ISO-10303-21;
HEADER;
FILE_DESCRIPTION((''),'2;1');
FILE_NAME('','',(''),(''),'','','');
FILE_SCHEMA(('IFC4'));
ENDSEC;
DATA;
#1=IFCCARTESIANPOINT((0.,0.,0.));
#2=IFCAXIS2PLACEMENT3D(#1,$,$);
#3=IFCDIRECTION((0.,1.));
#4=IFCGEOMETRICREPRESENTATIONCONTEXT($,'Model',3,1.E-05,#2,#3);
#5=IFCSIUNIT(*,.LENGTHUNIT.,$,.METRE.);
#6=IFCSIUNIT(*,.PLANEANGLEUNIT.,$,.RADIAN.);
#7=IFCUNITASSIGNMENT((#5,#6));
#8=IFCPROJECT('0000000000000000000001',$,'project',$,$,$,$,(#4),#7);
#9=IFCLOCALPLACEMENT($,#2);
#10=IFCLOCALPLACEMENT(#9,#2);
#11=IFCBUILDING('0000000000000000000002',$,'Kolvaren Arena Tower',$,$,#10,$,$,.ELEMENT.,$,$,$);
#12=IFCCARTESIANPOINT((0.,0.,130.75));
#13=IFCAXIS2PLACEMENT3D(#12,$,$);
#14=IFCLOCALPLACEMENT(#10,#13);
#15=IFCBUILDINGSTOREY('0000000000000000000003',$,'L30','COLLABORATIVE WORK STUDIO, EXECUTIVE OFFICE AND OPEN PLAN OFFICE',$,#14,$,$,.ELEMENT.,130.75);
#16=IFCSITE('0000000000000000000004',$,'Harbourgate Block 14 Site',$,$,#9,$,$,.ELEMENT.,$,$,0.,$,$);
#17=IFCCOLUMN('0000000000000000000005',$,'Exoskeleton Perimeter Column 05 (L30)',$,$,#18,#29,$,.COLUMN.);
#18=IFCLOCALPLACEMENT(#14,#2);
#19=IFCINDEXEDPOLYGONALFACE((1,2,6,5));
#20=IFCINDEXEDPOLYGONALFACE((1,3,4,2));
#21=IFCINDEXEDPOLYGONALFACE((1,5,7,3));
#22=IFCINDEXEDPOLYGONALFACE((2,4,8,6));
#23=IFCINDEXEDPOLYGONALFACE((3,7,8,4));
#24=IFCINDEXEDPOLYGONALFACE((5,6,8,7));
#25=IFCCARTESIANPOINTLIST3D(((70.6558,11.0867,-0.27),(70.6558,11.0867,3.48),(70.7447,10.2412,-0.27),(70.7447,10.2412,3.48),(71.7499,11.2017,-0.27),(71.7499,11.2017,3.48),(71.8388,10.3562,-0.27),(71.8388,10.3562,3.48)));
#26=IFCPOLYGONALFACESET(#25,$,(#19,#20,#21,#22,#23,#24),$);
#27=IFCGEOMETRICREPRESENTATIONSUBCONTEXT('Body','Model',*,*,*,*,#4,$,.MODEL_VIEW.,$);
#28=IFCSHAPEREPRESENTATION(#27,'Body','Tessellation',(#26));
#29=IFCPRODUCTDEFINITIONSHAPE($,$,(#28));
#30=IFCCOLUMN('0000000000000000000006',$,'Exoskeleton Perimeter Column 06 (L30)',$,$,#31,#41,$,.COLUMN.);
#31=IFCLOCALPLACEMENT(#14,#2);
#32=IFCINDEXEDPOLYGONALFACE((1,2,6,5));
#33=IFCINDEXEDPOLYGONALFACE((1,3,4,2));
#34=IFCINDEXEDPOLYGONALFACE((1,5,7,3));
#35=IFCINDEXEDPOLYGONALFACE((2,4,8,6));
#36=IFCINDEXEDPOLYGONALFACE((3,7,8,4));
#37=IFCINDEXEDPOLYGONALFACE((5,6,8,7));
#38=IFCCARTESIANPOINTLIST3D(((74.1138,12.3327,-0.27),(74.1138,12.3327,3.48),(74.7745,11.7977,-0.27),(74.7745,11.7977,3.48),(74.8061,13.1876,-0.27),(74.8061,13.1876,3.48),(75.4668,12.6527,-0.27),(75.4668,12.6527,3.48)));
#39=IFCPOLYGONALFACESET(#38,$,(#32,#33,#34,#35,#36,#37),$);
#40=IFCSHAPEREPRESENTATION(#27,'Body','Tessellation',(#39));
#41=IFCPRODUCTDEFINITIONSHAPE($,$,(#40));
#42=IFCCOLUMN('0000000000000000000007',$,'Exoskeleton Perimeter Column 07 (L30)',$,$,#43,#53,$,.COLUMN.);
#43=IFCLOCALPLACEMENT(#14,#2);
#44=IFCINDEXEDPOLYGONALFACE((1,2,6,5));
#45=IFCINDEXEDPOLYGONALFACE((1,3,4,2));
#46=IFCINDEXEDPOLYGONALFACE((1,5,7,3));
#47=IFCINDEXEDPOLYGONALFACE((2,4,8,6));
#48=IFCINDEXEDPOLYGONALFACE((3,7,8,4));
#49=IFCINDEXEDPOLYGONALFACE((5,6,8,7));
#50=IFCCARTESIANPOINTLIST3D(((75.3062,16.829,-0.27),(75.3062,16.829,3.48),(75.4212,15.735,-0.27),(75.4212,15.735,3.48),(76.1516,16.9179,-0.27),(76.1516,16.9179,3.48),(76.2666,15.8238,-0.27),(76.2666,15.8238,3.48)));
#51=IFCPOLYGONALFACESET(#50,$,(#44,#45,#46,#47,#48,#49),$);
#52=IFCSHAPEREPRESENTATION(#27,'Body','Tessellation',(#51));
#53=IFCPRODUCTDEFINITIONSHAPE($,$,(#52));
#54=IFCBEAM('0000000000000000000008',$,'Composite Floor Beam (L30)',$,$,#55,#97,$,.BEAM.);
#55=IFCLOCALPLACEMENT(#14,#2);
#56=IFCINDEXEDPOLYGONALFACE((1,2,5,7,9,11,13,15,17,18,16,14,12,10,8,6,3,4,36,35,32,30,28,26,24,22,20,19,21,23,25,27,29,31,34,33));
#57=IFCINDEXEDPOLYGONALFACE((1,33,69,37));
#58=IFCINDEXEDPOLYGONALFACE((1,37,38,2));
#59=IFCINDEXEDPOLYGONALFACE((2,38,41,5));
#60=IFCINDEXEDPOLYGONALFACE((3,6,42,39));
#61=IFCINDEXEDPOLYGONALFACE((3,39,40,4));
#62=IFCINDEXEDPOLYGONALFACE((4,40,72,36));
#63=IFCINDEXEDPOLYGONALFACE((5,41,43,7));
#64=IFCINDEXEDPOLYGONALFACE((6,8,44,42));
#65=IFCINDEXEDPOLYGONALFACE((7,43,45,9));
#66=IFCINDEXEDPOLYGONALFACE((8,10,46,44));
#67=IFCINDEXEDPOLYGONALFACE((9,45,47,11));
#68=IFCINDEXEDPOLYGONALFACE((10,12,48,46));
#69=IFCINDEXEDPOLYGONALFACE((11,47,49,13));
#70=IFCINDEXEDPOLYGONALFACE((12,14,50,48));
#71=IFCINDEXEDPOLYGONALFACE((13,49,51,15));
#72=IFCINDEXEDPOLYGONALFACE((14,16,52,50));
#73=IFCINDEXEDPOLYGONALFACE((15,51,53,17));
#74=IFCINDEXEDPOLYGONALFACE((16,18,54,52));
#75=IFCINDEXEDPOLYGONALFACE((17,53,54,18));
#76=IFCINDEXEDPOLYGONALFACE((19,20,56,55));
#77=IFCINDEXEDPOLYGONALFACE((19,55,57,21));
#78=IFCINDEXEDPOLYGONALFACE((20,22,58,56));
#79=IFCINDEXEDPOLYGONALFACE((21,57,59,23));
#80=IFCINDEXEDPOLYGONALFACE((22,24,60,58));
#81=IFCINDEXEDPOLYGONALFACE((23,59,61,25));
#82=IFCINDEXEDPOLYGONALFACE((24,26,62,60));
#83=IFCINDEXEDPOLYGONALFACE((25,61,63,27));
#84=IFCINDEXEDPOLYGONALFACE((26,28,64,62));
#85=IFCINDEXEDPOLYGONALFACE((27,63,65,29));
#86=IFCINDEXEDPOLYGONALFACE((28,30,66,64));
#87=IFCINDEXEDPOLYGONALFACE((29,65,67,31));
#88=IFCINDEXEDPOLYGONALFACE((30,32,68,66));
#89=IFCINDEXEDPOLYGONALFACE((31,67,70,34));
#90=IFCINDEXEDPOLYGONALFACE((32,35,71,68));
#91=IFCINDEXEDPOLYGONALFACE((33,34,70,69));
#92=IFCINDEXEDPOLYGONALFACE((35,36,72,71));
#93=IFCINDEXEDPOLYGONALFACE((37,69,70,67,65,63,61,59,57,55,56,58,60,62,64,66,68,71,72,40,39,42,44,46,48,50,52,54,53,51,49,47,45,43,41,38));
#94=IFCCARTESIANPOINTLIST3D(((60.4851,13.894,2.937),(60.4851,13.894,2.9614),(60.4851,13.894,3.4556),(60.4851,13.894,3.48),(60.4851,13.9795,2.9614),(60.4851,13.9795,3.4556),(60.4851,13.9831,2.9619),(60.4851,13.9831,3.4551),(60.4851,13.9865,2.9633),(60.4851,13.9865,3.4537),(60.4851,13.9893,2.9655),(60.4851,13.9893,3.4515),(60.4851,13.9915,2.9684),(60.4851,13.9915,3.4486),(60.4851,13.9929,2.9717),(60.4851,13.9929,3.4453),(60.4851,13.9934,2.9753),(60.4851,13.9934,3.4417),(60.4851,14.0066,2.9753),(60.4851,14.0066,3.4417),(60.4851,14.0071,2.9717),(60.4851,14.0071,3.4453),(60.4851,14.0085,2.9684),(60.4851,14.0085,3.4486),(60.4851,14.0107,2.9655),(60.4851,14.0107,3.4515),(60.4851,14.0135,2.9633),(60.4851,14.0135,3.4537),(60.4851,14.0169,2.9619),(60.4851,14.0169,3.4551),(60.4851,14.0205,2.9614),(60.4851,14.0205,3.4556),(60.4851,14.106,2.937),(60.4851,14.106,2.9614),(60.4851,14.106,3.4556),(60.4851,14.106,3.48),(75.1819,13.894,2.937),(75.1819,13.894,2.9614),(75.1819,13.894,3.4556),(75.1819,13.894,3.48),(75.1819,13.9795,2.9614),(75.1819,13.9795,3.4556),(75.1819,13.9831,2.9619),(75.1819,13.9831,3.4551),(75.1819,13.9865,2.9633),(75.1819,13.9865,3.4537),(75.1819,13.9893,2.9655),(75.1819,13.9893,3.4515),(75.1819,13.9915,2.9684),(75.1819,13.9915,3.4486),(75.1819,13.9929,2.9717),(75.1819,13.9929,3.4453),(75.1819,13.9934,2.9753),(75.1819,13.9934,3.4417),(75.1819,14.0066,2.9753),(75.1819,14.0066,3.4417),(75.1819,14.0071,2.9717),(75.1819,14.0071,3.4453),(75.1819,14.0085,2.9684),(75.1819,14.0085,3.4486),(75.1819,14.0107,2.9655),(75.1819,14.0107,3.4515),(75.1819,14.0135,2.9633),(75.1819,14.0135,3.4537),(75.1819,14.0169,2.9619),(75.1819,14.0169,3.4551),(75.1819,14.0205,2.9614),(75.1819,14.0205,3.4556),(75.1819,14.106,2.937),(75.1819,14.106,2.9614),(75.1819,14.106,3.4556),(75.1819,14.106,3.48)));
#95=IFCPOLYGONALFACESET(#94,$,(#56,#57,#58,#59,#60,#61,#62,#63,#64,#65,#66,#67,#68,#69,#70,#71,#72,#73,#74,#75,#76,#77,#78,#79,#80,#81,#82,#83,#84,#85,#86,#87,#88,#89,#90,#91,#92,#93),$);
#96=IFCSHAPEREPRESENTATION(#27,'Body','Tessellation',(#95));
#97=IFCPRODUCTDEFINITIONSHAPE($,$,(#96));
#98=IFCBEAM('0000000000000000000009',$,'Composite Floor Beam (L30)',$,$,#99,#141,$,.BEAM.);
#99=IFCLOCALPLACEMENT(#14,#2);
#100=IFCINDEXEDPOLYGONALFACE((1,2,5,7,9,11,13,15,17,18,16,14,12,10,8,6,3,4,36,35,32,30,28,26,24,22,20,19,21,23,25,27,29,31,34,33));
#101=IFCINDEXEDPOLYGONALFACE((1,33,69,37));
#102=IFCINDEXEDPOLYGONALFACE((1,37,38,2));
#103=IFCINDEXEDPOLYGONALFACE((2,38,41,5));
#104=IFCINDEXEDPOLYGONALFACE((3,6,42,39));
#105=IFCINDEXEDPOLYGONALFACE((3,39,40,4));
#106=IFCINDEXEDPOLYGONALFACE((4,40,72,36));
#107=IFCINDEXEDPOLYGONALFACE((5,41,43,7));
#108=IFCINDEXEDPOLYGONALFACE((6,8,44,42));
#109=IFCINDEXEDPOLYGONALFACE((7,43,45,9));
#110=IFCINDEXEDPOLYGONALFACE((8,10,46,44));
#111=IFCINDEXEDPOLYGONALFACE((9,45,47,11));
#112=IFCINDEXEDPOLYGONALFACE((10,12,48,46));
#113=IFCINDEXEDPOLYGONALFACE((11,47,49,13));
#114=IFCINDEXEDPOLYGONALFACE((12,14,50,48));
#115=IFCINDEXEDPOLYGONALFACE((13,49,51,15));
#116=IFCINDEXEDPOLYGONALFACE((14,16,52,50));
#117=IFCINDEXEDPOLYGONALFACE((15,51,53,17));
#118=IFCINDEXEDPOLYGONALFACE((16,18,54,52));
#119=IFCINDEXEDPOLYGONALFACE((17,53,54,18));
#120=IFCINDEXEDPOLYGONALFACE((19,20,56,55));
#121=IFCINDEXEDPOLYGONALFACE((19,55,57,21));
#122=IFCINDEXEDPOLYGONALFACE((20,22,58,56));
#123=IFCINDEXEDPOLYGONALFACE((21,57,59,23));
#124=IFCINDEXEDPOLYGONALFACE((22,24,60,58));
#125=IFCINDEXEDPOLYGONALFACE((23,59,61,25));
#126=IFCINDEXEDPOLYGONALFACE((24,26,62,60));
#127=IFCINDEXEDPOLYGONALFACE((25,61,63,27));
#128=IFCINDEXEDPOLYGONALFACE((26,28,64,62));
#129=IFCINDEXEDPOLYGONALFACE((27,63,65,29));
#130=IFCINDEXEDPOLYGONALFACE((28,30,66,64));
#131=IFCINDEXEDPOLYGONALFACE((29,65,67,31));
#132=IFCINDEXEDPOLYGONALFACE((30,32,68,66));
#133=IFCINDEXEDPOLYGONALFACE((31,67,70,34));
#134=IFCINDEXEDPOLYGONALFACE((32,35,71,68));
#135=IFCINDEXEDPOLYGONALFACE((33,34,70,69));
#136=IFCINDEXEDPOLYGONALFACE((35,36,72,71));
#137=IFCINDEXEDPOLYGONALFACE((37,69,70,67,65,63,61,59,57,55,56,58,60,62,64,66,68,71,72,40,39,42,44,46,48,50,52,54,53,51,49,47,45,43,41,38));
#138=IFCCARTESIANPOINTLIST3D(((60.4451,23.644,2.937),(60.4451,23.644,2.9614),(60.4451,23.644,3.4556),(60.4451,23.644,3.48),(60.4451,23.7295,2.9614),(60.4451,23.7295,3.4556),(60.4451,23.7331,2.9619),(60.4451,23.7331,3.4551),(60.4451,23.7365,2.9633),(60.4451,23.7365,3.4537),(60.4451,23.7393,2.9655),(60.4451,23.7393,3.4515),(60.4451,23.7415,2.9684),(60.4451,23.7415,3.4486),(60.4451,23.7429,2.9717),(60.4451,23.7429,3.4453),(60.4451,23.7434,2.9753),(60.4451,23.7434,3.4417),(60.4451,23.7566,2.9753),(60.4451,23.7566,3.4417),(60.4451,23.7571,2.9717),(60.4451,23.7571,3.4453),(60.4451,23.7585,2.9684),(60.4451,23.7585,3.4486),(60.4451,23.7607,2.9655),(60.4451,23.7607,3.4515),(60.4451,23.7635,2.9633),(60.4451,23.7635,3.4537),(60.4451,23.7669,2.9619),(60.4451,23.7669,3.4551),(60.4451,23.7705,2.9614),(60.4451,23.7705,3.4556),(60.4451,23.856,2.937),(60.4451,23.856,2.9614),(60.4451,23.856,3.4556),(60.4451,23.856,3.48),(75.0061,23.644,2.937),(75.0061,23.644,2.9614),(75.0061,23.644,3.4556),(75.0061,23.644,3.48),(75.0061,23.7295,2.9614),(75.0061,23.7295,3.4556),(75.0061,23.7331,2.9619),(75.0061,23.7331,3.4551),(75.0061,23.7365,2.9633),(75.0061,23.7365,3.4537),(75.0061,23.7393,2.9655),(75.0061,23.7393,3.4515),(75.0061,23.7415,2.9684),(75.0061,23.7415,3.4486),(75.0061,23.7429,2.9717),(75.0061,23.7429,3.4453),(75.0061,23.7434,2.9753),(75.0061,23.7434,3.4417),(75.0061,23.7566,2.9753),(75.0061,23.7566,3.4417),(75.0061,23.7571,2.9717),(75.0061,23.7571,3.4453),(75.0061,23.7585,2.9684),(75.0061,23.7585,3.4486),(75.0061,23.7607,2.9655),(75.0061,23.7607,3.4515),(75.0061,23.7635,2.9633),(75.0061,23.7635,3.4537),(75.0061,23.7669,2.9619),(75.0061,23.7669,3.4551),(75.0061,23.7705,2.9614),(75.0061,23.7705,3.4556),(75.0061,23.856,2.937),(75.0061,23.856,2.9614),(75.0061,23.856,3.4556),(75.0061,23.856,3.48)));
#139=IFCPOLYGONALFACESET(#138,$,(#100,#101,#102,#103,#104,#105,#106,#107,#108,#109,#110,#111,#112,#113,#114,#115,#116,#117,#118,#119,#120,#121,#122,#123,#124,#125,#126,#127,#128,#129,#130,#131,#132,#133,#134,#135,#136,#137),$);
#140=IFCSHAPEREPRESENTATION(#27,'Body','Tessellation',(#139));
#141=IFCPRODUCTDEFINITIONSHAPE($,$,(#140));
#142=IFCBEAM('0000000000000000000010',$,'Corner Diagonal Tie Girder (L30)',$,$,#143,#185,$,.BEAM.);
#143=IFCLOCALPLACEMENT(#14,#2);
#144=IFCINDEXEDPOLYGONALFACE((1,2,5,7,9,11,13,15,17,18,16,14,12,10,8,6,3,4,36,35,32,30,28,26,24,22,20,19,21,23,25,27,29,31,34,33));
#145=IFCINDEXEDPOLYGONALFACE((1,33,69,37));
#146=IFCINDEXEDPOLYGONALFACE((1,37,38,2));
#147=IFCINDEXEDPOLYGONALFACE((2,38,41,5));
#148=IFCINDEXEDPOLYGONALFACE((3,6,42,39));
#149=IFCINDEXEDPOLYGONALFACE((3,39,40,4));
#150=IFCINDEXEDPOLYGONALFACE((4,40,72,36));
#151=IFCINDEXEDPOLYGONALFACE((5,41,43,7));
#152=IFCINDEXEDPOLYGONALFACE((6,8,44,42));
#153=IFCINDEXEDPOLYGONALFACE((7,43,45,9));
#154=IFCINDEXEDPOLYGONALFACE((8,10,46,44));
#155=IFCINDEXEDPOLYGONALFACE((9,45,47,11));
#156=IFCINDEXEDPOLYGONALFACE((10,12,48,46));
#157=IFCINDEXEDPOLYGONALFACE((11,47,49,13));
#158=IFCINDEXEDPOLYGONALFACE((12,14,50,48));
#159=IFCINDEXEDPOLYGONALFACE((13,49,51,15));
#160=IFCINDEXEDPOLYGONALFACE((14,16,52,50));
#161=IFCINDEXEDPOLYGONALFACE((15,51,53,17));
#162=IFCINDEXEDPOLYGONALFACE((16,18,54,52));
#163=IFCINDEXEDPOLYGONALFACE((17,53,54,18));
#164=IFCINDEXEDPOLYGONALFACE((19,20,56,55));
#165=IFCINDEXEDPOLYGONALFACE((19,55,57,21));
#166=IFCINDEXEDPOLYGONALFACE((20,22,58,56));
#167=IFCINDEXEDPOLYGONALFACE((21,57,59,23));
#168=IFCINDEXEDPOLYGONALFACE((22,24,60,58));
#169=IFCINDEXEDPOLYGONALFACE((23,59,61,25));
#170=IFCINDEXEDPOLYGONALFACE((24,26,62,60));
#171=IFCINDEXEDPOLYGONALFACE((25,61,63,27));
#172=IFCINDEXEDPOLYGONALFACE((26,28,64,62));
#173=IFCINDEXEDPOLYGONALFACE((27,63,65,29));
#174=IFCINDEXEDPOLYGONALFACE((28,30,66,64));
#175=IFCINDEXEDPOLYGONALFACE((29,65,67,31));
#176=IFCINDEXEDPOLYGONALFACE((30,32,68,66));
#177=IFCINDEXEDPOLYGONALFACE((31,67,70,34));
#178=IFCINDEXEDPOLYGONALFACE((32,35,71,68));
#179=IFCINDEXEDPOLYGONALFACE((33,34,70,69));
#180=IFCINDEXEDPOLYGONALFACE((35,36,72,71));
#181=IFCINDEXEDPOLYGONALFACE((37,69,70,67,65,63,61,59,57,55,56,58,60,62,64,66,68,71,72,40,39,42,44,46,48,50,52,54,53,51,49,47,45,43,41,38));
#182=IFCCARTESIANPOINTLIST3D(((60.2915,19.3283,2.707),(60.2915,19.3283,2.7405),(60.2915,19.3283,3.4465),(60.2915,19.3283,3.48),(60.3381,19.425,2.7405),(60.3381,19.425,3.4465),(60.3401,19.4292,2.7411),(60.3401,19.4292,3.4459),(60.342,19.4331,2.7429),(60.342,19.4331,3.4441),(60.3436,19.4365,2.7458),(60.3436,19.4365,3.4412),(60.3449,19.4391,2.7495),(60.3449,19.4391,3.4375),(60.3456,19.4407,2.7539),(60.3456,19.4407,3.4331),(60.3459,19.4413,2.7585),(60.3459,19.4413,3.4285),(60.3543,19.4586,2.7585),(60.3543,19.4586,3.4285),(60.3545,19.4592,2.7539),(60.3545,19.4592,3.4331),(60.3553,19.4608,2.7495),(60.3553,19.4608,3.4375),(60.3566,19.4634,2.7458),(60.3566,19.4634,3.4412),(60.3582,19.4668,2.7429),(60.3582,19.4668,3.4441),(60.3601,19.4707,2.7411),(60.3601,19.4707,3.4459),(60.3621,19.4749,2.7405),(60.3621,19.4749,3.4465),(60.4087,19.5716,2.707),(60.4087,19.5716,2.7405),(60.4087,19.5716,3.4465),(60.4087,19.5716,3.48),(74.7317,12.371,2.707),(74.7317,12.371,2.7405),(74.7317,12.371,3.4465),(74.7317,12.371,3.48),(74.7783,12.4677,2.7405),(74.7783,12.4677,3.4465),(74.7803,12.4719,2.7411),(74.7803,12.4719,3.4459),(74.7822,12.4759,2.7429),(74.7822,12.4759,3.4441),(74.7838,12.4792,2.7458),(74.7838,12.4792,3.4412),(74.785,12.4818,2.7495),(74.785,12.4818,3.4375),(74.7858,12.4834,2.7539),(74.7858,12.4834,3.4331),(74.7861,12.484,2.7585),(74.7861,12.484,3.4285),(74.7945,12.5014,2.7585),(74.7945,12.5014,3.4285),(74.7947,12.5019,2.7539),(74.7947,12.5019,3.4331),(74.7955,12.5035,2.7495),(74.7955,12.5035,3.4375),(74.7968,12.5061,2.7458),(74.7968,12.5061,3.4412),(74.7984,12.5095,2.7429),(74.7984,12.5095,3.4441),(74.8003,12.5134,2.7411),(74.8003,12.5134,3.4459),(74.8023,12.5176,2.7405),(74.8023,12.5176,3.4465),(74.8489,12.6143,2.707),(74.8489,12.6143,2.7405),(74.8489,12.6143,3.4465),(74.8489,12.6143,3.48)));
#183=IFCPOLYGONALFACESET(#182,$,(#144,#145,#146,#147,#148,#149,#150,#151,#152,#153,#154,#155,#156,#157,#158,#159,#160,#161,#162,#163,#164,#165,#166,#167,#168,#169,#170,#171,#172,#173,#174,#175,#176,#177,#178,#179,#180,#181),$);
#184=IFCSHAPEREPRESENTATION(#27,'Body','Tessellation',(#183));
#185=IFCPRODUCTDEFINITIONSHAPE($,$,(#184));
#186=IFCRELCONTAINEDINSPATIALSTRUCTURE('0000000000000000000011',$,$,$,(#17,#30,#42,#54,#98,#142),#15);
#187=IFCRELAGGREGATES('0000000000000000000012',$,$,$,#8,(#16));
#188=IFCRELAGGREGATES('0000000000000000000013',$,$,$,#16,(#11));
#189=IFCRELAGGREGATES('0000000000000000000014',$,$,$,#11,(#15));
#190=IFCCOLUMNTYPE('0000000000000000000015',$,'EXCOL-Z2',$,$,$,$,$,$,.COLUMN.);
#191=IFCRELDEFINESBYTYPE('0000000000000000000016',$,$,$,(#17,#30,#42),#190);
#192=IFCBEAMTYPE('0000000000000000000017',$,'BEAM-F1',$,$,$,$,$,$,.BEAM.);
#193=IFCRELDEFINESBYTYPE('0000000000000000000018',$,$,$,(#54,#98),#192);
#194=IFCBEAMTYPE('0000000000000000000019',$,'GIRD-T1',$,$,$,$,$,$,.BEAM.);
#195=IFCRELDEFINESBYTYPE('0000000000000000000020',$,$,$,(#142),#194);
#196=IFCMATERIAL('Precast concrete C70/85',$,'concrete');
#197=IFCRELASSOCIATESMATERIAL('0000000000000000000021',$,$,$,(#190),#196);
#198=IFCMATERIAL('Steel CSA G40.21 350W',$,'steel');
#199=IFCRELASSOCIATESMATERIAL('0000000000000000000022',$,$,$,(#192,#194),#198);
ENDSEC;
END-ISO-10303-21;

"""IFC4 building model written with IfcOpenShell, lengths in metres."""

from ifc_helpers import new_model, si_unit, direction, frame, origin, origin_2d, place, context, subcontext, project, spatial, rectangle, i_section, extrude, material, material_profile, profile_set, type_object, element, save


model = new_model("IFC4")

# Units and contexts
model_context = context("Model", 3, precision=1e-05, world=origin(), true_north=direction((0.0, 1.0)))
body_context = subcontext(model_context, "Body", "Model", "MODEL_VIEW")
ifc_project = project(units=[si_unit("LENGTHUNIT", "METRE"), si_unit("PLANEANGLEUNIT", "RADIAN")], contexts=[model_context])

# Site, building, storey
site_placement = place(None, origin())
site = spatial("IfcSite", under=ifc_project, at=site_placement, Name="Harbourgate Block 14 Site", CompositionType="ELEMENT", RefElevation=0.0)
building_placement = place(site_placement, origin())
building = spatial("IfcBuilding", under=site, at=building_placement, Name="Kolvaren Arena Tower", CompositionType="ELEMENT")
storey_placement = place(building_placement, frame((0.0, 0.0, 130.75)))
storey = spatial("IfcBuildingStorey", under=building, at=storey_placement, Name="L30", Description="COLLABORATIVE WORK STUDIO, EXECUTIVE OFFICE AND OPEN PLAN OFFICE", CompositionType="ELEMENT", Elevation=130.75)

# Columns
ifc_material_1 = material(Name="Precast concrete C70/85", Category="concrete")
ifc_material_profile_1 = material_profile(ifc_material_1, rectangle(XDim=1.1001, YDim=0.8501, at=origin_2d()), Name="RC-1100x850")
ifc_profile_set_1 = profile_set([ifc_material_profile_1], Name="Precast concrete C70/85")
column_type = type_object("IfcColumnType", Name="EXCOL-Z2", PredefinedType="COLUMN", material=ifc_profile_set_1)
for number, where, z_axis, x_axis, name in (
    (1, (71.2473, 10.7214, -0.27), (0.0, 0.0, 1.0), (0.994522, 0.104528, 0.0), "Exoskeleton Perimeter Column 05 (L30)"),
    (2, (74.7903, 12.4927, -0.27), (0.0, 0.0, 1.0), (0.62932, 0.777146, 0.0), "Exoskeleton Perimeter Column 06 (L30)"),
    (3, (75.7864, 16.3264, -0.27), (0.0, 0.0, 1.0), (-0.104528, 0.994522, 0.0), "Exoskeleton Perimeter Column 07 (L30)"),
):
    element("IfcColumn", number, at=place(storey_placement, frame(where, z_axis=z_axis, x_axis=x_axis)), inside=storey, type_object=column_type, Name=name, PredefinedType="COLUMN", context=body_context, shape_type="SweptSolid", body=[
        extrude(rectangle(XDim=1.1001, YDim=0.8501, at=origin_2d()), origin(), (0.0, 0.0, 1.0), 3.75),
    ])

# Beams
ifc_material_2 = material(Name="Steel CSA G40.21 350W", Category="steel")
ifc_material_profile_2 = material_profile(ifc_material_2, i_section(OverallWidth=0.2119, OverallDepth=0.543, WebThickness=0.0132, FlangeThickness=0.0244, FilletRadius=0.0139, at=origin_2d()), Name="W530x150")
ifc_profile_set_2 = profile_set([ifc_material_profile_2], Name="Steel CSA G40.21 350W")
beam_type_1 = type_object("IfcBeamType", Name="BEAM-F1", PredefinedType="BEAM", material=ifc_profile_set_2)
beam_1_placement = place(storey_placement, frame((60.4851, 14.0, 3.2085), z_axis=(1.0, 0.0, 0.0), x_axis=(0.0, 1.0, 0.0)))
element("IfcBeam", 4, at=beam_1_placement, inside=storey, type_object=beam_type_1, Name="Composite Floor Beam (L30)", PredefinedType="BEAM", context=body_context, shape_type="SweptSolid", body=[
    extrude(i_section(OverallWidth=0.2119, OverallDepth=0.543, WebThickness=0.0132, FlangeThickness=0.0244, FilletRadius=0.0139, at=origin_2d()), origin(), (0.0, 0.0, 1.0), 14.6968),
])
beam_2_placement = place(storey_placement, frame((60.4451, 23.75, 3.2085), z_axis=(1.0, 0.0, 0.0), x_axis=(0.0, 1.0, 0.0)))
element("IfcBeam", 5, at=beam_2_placement, inside=storey, type_object=beam_type_1, Name="Composite Floor Beam (L30)", PredefinedType="BEAM", context=body_context, shape_type="SweptSolid", body=[
    extrude(i_section(OverallWidth=0.2119, OverallDepth=0.543, WebThickness=0.0132, FlangeThickness=0.0244, FilletRadius=0.0139, at=origin_2d()), origin(), (0.0, 0.0, 1.0), 14.561),
])
ifc_material_profile_3 = material_profile(ifc_material_2, i_section(OverallWidth=0.27, OverallDepth=0.7729, WebThickness=0.0193, FlangeThickness=0.0334, FilletRadius=0.0181, at=origin_2d()), Name="W760x257")
ifc_profile_set_3 = profile_set([ifc_material_profile_3], Name="Steel CSA G40.21 350W")
beam_type_2 = type_object("IfcBeamType", Name="GIRD-T1", PredefinedType="BEAM", material=ifc_profile_set_3)
beam_3_placement = place(storey_placement, frame((74.7903, 12.4927, 3.0935), z_axis=(-0.90089, 0.434048, 0.0), x_axis=(-0.434048, -0.90089, 0.0)))
element("IfcBeam", 6, at=beam_3_placement, inside=storey, type_object=beam_type_2, Name="Corner Diagonal Tie Girder (L30)", PredefinedType="BEAM", context=body_context, shape_type="SweptSolid", body=[
    extrude(i_section(OverallWidth=0.27, OverallDepth=0.7729, WebThickness=0.0193, FlangeThickness=0.0334, FilletRadius=0.0181, at=origin_2d()), origin(), (0.0, 0.0, 1.0), 16.0288),
])

save(model, "model.ifc")
